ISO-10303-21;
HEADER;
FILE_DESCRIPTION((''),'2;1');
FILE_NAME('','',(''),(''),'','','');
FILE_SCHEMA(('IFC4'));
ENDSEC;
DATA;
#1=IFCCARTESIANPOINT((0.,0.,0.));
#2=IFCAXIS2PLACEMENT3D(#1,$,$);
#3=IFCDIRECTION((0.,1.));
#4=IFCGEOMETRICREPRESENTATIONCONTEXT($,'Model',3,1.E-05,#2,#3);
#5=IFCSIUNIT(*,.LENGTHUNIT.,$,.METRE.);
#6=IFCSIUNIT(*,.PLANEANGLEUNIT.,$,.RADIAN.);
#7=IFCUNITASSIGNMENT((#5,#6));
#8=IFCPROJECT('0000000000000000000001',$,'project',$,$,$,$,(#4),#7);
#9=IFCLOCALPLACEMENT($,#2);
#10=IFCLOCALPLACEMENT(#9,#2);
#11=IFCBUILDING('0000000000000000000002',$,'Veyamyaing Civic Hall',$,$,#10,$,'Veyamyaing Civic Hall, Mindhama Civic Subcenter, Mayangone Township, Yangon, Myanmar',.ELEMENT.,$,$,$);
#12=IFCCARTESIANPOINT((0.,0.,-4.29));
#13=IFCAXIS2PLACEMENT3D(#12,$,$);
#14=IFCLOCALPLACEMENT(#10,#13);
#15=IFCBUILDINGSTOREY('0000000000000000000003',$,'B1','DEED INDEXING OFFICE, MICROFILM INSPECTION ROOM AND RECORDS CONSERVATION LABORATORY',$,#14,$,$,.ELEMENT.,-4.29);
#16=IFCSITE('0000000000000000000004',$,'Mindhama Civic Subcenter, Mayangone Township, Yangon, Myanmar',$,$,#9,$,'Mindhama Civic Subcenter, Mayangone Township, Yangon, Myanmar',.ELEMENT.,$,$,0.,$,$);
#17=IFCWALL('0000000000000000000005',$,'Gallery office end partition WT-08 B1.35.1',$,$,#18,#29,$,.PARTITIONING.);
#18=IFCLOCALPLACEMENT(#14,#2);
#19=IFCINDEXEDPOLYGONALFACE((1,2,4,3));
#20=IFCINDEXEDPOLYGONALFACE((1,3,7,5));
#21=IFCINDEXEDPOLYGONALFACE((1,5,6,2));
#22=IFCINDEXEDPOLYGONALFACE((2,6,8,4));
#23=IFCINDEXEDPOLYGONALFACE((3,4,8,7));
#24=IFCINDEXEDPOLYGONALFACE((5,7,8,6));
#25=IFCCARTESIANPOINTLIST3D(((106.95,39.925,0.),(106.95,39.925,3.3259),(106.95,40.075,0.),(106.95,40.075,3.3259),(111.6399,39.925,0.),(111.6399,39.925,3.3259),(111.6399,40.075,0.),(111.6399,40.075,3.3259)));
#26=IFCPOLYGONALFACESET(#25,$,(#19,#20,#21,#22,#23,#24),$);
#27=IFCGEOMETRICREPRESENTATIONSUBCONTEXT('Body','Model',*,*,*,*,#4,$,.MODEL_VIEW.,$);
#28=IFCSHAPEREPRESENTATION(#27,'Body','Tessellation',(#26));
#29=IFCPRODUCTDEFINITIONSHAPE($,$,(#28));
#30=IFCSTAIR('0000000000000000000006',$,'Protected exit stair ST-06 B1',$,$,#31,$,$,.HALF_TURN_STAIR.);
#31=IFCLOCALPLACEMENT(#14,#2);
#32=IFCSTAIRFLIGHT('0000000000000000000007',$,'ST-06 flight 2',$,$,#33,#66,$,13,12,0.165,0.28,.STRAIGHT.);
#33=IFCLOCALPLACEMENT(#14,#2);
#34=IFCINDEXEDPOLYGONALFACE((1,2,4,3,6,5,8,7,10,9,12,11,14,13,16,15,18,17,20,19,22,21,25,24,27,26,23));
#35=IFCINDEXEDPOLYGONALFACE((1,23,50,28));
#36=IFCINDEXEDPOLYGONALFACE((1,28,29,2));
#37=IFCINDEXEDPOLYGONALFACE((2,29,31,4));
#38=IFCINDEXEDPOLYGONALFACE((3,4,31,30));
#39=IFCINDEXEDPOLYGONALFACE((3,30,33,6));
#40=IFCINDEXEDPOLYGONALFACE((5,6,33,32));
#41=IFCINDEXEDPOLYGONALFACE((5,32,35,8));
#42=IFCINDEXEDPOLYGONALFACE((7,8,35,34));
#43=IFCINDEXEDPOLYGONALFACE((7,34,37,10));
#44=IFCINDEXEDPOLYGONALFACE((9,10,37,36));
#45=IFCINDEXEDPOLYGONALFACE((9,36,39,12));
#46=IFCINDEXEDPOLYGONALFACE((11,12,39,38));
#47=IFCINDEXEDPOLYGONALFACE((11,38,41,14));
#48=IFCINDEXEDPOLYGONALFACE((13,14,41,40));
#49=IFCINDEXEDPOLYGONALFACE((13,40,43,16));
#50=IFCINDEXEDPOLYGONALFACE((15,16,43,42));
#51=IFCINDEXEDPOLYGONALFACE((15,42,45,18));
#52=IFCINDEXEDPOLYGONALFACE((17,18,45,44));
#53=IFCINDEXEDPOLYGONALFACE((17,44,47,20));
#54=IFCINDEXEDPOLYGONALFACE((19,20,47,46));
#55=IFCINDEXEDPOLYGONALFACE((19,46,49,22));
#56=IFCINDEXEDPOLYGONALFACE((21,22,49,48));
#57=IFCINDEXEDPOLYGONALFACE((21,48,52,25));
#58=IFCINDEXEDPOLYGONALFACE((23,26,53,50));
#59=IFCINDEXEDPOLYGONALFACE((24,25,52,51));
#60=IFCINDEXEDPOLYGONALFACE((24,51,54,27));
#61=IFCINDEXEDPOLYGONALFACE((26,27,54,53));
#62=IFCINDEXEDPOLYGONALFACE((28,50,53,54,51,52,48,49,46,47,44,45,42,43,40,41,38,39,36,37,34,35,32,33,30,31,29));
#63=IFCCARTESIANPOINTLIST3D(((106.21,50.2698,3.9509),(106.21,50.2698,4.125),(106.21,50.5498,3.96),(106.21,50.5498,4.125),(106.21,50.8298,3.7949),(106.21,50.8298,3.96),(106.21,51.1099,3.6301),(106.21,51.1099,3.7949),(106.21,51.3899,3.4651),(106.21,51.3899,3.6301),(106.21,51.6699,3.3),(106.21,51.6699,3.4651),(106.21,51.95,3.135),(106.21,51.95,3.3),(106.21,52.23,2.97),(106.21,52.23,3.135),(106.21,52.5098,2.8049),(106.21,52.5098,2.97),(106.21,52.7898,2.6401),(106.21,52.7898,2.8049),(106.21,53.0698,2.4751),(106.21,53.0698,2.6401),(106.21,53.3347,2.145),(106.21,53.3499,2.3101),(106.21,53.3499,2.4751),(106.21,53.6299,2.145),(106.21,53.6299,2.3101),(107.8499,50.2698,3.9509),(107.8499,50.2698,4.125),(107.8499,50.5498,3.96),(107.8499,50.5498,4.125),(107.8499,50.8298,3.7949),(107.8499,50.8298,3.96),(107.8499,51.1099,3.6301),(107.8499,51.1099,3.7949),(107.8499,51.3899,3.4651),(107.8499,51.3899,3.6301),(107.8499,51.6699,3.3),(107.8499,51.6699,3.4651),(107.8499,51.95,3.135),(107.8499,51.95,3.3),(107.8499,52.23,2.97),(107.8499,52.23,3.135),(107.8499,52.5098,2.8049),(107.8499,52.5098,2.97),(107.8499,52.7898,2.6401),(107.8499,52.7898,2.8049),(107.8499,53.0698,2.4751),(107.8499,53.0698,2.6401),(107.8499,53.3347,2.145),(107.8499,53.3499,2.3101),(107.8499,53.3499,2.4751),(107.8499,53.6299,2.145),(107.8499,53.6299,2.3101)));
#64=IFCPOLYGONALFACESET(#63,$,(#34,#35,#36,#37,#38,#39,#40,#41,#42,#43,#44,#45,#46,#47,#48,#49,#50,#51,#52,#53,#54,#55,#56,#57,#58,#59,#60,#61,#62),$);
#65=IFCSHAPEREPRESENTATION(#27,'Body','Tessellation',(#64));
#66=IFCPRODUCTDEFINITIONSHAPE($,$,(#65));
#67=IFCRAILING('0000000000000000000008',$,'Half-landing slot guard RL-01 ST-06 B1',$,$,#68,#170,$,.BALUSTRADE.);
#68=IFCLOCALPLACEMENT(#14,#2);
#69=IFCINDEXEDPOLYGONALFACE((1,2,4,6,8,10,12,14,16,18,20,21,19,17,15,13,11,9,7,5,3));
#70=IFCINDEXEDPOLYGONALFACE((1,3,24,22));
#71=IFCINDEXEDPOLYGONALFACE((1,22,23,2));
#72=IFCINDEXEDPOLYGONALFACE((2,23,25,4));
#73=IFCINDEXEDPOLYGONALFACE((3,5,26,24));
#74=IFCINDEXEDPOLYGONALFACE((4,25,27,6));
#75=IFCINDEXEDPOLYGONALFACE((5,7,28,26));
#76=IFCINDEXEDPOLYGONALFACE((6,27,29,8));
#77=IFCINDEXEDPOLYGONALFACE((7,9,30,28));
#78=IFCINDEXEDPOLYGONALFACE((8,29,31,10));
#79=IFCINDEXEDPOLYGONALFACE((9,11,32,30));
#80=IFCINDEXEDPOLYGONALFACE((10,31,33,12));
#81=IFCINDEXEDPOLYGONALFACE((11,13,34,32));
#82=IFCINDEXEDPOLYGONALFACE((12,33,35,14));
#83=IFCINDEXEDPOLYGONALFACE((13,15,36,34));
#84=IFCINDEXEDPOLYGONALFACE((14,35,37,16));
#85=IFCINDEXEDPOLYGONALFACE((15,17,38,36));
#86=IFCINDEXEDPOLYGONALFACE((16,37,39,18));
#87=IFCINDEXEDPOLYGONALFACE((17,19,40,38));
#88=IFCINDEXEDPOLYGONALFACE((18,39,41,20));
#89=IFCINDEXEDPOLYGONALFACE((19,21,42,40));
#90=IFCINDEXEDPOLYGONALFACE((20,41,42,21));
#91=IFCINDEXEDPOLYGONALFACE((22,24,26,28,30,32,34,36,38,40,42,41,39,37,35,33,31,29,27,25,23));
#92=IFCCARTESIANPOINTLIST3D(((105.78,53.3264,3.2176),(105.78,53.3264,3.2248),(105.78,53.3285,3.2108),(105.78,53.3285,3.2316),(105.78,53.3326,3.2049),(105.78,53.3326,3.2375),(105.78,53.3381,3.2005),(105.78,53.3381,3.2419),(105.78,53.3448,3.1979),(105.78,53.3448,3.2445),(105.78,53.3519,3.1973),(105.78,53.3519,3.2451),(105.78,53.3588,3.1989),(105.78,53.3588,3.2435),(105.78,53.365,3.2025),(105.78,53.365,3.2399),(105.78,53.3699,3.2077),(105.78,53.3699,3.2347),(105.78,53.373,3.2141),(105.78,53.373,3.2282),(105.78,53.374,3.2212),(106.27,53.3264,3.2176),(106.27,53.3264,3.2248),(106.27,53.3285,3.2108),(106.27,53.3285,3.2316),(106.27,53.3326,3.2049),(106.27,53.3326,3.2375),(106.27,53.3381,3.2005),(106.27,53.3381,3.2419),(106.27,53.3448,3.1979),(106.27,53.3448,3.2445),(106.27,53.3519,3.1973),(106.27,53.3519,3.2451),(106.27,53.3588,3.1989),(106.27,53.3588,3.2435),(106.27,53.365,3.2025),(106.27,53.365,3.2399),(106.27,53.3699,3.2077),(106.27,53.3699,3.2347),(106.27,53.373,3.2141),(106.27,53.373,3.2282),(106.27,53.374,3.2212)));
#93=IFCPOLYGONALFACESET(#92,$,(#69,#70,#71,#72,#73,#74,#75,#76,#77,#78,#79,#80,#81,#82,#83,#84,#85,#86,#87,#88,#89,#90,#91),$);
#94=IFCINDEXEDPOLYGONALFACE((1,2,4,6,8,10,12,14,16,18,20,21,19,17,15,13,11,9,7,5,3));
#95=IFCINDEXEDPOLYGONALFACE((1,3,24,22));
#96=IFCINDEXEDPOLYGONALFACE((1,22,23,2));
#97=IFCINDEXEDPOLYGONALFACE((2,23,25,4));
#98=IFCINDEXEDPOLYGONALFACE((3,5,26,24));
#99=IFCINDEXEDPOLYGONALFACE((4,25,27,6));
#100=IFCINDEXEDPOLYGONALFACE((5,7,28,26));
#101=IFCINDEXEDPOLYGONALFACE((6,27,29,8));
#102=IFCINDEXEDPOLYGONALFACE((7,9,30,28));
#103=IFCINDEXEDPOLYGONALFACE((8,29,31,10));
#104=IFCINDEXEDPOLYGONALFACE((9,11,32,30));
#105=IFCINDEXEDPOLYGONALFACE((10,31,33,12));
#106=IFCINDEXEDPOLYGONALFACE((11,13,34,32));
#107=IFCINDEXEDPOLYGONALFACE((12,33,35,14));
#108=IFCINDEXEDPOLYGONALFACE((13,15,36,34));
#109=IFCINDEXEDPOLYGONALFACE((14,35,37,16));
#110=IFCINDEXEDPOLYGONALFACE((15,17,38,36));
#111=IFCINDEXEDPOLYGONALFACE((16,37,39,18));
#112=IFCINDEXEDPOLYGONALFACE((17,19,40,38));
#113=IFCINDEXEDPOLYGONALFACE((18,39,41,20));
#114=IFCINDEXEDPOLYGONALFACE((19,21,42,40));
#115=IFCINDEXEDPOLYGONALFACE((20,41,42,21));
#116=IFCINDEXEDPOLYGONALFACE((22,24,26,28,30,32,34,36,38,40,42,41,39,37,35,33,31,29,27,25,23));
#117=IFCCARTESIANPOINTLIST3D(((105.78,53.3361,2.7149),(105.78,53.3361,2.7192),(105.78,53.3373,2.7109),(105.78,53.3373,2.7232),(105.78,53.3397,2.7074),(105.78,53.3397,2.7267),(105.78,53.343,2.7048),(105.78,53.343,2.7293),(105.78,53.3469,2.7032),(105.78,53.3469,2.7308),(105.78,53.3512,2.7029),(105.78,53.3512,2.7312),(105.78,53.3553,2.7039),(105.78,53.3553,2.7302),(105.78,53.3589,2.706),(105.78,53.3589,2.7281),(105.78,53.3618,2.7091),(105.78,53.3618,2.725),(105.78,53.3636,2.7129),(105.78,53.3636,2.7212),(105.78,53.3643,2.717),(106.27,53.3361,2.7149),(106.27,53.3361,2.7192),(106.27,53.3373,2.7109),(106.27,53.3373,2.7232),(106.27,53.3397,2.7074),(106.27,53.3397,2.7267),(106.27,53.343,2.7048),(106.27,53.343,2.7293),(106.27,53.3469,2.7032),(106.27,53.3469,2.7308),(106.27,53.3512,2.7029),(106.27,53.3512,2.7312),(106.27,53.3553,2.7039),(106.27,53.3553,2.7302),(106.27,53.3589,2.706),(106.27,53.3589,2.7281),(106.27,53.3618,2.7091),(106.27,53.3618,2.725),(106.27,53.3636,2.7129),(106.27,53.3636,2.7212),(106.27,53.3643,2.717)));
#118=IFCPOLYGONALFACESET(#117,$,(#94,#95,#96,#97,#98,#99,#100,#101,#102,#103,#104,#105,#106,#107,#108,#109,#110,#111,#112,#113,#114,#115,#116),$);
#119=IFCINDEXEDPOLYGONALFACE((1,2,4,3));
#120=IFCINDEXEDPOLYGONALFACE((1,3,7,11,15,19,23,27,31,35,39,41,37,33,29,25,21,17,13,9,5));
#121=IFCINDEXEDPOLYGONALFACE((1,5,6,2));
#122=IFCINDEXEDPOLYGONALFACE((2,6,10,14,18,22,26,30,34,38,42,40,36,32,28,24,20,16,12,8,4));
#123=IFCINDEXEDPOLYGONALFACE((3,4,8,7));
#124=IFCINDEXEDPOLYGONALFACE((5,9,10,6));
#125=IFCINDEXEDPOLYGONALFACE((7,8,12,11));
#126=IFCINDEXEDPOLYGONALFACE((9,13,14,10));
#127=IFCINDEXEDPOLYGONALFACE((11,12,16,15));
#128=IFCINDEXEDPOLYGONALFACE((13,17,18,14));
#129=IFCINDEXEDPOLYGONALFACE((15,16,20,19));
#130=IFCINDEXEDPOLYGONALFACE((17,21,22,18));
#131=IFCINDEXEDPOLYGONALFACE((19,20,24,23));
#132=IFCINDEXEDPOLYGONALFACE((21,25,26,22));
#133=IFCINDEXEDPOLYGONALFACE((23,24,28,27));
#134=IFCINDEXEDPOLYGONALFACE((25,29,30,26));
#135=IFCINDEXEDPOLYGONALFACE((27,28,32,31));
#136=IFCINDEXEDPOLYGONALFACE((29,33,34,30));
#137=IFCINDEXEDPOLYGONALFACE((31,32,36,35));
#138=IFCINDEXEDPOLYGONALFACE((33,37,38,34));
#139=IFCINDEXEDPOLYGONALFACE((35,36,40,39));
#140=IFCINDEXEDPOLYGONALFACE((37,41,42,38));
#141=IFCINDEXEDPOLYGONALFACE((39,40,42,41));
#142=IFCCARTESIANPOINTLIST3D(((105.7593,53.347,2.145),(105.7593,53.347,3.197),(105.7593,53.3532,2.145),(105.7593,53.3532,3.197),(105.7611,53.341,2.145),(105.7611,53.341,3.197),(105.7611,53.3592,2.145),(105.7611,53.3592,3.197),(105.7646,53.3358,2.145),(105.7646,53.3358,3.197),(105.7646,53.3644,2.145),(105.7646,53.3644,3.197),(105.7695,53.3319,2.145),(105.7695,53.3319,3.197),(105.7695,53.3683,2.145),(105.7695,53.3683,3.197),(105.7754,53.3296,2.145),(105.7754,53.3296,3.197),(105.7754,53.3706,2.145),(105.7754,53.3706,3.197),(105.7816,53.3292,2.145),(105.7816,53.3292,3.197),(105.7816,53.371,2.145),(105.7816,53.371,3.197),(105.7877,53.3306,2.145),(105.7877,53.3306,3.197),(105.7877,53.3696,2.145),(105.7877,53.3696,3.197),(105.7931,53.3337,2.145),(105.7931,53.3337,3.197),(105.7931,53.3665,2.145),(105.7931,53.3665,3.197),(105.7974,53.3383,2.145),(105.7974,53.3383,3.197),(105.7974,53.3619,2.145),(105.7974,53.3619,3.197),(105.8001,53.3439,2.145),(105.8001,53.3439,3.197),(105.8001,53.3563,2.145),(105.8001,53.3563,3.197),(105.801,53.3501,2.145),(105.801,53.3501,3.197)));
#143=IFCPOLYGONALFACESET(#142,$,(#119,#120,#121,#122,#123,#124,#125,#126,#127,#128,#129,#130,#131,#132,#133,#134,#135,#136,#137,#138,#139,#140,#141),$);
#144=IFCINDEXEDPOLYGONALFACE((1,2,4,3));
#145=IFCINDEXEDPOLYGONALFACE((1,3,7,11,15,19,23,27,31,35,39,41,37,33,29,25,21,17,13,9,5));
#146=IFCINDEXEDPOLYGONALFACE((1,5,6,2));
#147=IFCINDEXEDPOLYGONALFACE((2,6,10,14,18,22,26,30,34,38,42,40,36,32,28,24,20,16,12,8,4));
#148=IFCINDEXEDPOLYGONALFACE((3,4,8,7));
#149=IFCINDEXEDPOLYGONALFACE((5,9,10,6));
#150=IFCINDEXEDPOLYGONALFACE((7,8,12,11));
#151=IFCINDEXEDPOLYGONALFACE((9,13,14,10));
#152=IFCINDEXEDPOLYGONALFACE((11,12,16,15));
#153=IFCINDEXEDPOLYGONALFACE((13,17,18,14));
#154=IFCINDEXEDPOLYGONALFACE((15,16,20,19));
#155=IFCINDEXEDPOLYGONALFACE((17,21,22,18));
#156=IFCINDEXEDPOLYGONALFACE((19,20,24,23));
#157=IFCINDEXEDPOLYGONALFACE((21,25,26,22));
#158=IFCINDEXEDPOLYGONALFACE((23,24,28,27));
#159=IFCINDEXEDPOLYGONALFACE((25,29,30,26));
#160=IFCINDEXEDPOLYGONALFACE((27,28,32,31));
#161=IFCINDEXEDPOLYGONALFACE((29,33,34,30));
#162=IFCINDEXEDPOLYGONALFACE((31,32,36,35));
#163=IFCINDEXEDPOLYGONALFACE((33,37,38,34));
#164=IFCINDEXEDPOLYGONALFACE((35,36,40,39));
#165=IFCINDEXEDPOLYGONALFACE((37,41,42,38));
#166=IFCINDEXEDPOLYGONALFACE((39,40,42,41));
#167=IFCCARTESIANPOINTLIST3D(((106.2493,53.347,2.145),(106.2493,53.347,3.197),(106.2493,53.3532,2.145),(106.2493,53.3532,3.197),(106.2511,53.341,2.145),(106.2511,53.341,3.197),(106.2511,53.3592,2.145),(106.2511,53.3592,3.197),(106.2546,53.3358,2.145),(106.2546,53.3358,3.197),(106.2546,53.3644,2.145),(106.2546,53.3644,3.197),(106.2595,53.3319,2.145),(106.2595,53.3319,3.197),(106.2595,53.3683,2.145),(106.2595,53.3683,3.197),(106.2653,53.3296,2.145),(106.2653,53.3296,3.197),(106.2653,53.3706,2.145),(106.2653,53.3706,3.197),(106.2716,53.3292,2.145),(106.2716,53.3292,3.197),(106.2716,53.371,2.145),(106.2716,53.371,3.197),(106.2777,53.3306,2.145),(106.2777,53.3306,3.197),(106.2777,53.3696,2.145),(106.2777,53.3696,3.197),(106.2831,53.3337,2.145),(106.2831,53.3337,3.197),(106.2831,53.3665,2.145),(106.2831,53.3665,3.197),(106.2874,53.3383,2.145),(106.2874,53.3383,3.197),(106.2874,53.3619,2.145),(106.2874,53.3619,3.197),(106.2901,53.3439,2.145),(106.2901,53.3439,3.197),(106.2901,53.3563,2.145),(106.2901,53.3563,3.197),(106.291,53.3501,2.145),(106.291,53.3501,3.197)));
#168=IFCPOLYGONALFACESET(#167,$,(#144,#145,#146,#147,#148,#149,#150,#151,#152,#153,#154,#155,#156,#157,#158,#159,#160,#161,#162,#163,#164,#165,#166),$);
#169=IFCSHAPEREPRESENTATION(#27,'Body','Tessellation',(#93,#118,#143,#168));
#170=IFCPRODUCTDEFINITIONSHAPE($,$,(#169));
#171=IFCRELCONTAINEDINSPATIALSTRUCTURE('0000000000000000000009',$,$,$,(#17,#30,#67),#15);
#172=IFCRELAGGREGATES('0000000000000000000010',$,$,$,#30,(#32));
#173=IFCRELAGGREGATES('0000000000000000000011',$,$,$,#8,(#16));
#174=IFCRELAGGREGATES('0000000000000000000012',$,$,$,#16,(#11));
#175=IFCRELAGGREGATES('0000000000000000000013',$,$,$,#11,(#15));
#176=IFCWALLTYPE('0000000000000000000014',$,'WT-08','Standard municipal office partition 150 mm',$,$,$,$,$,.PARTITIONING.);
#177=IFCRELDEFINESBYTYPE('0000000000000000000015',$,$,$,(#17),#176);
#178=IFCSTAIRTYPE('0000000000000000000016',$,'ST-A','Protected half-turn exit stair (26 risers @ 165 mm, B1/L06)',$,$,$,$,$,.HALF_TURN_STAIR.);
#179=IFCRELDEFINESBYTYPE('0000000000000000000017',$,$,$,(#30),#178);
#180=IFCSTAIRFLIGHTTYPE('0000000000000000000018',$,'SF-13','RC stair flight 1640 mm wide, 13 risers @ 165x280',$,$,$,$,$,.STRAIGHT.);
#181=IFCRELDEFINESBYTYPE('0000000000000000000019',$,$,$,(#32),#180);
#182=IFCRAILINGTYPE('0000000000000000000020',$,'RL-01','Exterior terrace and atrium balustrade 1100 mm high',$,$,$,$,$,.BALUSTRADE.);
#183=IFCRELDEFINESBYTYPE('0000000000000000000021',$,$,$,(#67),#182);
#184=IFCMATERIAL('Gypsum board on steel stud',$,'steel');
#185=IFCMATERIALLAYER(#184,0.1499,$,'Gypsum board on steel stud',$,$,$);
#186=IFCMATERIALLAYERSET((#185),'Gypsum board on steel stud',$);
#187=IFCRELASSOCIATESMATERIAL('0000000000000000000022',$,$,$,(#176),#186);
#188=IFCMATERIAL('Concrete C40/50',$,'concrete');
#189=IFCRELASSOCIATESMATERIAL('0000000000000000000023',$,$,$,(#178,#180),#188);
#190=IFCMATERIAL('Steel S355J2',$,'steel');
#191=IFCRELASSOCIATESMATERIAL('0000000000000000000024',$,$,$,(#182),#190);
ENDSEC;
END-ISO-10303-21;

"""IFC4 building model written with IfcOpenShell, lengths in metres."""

from ifc_helpers import new_model, si_unit, direction, frame, frame_2d, origin, origin_2d, place, context, subcontext, project, spatial, polyline, rectangle, circle, outline, extrude, material, layer, layer_set, type_object, element, aggregate, save


model = new_model("IFC4")

# Units and contexts
model_context = context("Model", 3, precision=1e-05, world=origin(), true_north=direction((0.0, 1.0)))
body_context = subcontext(model_context, "Body", "Model", "MODEL_VIEW")
ifc_project = project(units=[si_unit("LENGTHUNIT", "METRE"), si_unit("PLANEANGLEUNIT", "RADIAN")], contexts=[model_context])

# Site, building, storey
site_placement = place(None, origin())
site = spatial("IfcSite", under=ifc_project, at=site_placement, Name="Mindhama Civic Subcenter, Mayangone Township, Yangon, Myanmar", LongName="Mindhama Civic Subcenter, Mayangone Township, Yangon, Myanmar", CompositionType="ELEMENT", RefElevation=0.0)
building_placement = place(site_placement, origin())
building = spatial("IfcBuilding", under=site, at=building_placement, Name="Veyamyaing Civic Hall", LongName="Veyamyaing Civic Hall, Mindhama Civic Subcenter, Mayangone Township, Yangon, Myanmar", CompositionType="ELEMENT")
storey_placement = place(building_placement, frame((0.0, 0.0, -4.29)))
storey = spatial("IfcBuildingStorey", under=building, at=storey_placement, Name="B1", Description="DEED INDEXING OFFICE, MICROFILM INSPECTION ROOM AND RECORDS CONSERVATION LABORATORY", CompositionType="ELEMENT", Elevation=-4.29)

# Shared definitions
ifc_material_1 = material(Name="Concrete C40/50", Category="concrete")

# Shared definitions
ifc_material_2 = material(Name="Steel S355J2", Category="steel")

# Wall
ifc_material_3 = material(Name="Gypsum board on steel stud", Category="steel")
ifc_layer_1 = layer(ifc_material_3, 0.1499, Name="Gypsum board on steel stud")
ifc_layer_set_1 = layer_set([ifc_layer_1], Name="Gypsum board on steel stud")
wall_type_1 = type_object("IfcWallType", Name="WT-08", Description="Standard municipal office partition 150 mm", PredefinedType="PARTITIONING", material=ifc_layer_set_1)
wall_1_placement = place(storey_placement, frame((106.95, 40.0, 0.0), z_axis=(0.0, 0.0, 1.0), x_axis=(1.0, 0.0, 0.0)))
element("IfcWall", 1, at=wall_1_placement, inside=storey, type_object=wall_type_1, Name="Gallery office end partition WT-08 B1.35.1", PredefinedType="PARTITIONING", context=body_context, shape_type="SweptSolid", body=[
    extrude(rectangle(XDim=4.6899, YDim=0.1499, at=frame_2d((2.345, 0.0))), origin(), (0.0, 0.0, 1.0), 3.3259),
])

# Stair, stair flight
stair_type = type_object("IfcStairType", Name="ST-A", Description="Protected half-turn exit stair (26 risers @ 165 mm, B1/L06)", PredefinedType="HALF_TURN_STAIR", material=ifc_material_1)
stair_placement = place(storey_placement, origin())
stair = element("IfcStair", 2, at=stair_placement, inside=storey, type_object=stair_type, Name="Protected exit stair ST-06 B1", PredefinedType="HALF_TURN_STAIR")
stair_flight_type = type_object("IfcStairFlightType", Name="SF-13", Description="RC stair flight 1640 mm wide, 13 risers @ 165x280", PredefinedType="STRAIGHT", material=ifc_material_1)
stair_flight_placement = place(storey_placement, frame((107.03, 53.6299, 2.145), z_axis=(0.0, 0.0, 1.0), x_axis=(0.0, -1.0, 0.0)))
stair_flight = element("IfcStairFlight", 3, at=stair_flight_placement, type_object=stair_flight_type, Name="ST-06 flight 2", NumberOfRisers=13, NumberOfTreads=12, PredefinedType="STRAIGHT", RiserHeight=0.165, TreadLength=0.28, context=body_context, shape_type="SweptSolid", body=[
    extrude(outline(polyline([(0.0, 0.0), (0.0, 0.165), (0.28, 0.165), (0.28, 0.3301), (0.5601, 0.3301), (0.5601, 0.4951), (0.8401, 0.4951), (0.8401, 0.6599), (1.1201, 0.6599), (1.1201, 0.825), (1.3999, 0.825), (1.3999, 0.99), (1.6799, 0.99), (1.6799, 1.155), (1.96, 1.155), (1.96, 1.3201), (2.24, 1.3201), (2.24, 1.4851), (2.52, 1.4851), (2.52, 1.6499), (2.8, 1.6499), (2.8, 1.8149), (3.0801, 1.8149), (3.0801, 1.98), (3.3601, 1.98), (3.3601, 2.145), (3.3601, 1.8059), (0.2952, 0.0), (0.0, 0.0)])), frame((0.0, 0.8198, 0.0), z_axis=(0.0, -1.0, 0.0), x_axis=(1.0, 0.0, 0.0)), (0.0, 0.0, 1.0), 1.6399),
])
aggregate(stair, [stair_flight])

# Railing
railing_type_1 = type_object("IfcRailingType", Name="RL-01", Description="Exterior terrace and atrium balustrade 1100 mm high", PredefinedType="BALUSTRADE", material=ifc_material_2)
railing_1_placement = place(storey_placement, frame((105.78, 53.3501, 2.145)))
element("IfcRailing", 4, at=railing_1_placement, inside=storey, type_object=railing_type_1, Name="Half-landing slot guard RL-01 ST-06 B1", PredefinedType="BALUSTRADE", context=body_context, shape_type="SweptSolid", body=[
    extrude(circle(Radius=0.0239, at=origin_2d()), frame((0.0, 0.0, 1.0762), z_axis=(1.0, 0.0, 0.0), x_axis=(0.0, 1.0, 0.0)), (0.0, 0.0, 1.0), 0.49),
    extrude(circle(Radius=0.0142, at=origin_2d()), frame((0.0, 0.0, 0.572), z_axis=(1.0, 0.0, 0.0), x_axis=(0.0, 1.0, 0.0)), (0.0, 0.0, 1.0), 0.49),
    extrude(circle(Radius=0.021, at=origin_2d()), origin(), (0.0, 0.0, 1.0), 1.052),
    extrude(circle(Radius=0.021, at=origin_2d()), frame((0.49, 0.0, 0.0)), (0.0, 0.0, 1.0), 1.052),
])

save(model, "model.ifc")
